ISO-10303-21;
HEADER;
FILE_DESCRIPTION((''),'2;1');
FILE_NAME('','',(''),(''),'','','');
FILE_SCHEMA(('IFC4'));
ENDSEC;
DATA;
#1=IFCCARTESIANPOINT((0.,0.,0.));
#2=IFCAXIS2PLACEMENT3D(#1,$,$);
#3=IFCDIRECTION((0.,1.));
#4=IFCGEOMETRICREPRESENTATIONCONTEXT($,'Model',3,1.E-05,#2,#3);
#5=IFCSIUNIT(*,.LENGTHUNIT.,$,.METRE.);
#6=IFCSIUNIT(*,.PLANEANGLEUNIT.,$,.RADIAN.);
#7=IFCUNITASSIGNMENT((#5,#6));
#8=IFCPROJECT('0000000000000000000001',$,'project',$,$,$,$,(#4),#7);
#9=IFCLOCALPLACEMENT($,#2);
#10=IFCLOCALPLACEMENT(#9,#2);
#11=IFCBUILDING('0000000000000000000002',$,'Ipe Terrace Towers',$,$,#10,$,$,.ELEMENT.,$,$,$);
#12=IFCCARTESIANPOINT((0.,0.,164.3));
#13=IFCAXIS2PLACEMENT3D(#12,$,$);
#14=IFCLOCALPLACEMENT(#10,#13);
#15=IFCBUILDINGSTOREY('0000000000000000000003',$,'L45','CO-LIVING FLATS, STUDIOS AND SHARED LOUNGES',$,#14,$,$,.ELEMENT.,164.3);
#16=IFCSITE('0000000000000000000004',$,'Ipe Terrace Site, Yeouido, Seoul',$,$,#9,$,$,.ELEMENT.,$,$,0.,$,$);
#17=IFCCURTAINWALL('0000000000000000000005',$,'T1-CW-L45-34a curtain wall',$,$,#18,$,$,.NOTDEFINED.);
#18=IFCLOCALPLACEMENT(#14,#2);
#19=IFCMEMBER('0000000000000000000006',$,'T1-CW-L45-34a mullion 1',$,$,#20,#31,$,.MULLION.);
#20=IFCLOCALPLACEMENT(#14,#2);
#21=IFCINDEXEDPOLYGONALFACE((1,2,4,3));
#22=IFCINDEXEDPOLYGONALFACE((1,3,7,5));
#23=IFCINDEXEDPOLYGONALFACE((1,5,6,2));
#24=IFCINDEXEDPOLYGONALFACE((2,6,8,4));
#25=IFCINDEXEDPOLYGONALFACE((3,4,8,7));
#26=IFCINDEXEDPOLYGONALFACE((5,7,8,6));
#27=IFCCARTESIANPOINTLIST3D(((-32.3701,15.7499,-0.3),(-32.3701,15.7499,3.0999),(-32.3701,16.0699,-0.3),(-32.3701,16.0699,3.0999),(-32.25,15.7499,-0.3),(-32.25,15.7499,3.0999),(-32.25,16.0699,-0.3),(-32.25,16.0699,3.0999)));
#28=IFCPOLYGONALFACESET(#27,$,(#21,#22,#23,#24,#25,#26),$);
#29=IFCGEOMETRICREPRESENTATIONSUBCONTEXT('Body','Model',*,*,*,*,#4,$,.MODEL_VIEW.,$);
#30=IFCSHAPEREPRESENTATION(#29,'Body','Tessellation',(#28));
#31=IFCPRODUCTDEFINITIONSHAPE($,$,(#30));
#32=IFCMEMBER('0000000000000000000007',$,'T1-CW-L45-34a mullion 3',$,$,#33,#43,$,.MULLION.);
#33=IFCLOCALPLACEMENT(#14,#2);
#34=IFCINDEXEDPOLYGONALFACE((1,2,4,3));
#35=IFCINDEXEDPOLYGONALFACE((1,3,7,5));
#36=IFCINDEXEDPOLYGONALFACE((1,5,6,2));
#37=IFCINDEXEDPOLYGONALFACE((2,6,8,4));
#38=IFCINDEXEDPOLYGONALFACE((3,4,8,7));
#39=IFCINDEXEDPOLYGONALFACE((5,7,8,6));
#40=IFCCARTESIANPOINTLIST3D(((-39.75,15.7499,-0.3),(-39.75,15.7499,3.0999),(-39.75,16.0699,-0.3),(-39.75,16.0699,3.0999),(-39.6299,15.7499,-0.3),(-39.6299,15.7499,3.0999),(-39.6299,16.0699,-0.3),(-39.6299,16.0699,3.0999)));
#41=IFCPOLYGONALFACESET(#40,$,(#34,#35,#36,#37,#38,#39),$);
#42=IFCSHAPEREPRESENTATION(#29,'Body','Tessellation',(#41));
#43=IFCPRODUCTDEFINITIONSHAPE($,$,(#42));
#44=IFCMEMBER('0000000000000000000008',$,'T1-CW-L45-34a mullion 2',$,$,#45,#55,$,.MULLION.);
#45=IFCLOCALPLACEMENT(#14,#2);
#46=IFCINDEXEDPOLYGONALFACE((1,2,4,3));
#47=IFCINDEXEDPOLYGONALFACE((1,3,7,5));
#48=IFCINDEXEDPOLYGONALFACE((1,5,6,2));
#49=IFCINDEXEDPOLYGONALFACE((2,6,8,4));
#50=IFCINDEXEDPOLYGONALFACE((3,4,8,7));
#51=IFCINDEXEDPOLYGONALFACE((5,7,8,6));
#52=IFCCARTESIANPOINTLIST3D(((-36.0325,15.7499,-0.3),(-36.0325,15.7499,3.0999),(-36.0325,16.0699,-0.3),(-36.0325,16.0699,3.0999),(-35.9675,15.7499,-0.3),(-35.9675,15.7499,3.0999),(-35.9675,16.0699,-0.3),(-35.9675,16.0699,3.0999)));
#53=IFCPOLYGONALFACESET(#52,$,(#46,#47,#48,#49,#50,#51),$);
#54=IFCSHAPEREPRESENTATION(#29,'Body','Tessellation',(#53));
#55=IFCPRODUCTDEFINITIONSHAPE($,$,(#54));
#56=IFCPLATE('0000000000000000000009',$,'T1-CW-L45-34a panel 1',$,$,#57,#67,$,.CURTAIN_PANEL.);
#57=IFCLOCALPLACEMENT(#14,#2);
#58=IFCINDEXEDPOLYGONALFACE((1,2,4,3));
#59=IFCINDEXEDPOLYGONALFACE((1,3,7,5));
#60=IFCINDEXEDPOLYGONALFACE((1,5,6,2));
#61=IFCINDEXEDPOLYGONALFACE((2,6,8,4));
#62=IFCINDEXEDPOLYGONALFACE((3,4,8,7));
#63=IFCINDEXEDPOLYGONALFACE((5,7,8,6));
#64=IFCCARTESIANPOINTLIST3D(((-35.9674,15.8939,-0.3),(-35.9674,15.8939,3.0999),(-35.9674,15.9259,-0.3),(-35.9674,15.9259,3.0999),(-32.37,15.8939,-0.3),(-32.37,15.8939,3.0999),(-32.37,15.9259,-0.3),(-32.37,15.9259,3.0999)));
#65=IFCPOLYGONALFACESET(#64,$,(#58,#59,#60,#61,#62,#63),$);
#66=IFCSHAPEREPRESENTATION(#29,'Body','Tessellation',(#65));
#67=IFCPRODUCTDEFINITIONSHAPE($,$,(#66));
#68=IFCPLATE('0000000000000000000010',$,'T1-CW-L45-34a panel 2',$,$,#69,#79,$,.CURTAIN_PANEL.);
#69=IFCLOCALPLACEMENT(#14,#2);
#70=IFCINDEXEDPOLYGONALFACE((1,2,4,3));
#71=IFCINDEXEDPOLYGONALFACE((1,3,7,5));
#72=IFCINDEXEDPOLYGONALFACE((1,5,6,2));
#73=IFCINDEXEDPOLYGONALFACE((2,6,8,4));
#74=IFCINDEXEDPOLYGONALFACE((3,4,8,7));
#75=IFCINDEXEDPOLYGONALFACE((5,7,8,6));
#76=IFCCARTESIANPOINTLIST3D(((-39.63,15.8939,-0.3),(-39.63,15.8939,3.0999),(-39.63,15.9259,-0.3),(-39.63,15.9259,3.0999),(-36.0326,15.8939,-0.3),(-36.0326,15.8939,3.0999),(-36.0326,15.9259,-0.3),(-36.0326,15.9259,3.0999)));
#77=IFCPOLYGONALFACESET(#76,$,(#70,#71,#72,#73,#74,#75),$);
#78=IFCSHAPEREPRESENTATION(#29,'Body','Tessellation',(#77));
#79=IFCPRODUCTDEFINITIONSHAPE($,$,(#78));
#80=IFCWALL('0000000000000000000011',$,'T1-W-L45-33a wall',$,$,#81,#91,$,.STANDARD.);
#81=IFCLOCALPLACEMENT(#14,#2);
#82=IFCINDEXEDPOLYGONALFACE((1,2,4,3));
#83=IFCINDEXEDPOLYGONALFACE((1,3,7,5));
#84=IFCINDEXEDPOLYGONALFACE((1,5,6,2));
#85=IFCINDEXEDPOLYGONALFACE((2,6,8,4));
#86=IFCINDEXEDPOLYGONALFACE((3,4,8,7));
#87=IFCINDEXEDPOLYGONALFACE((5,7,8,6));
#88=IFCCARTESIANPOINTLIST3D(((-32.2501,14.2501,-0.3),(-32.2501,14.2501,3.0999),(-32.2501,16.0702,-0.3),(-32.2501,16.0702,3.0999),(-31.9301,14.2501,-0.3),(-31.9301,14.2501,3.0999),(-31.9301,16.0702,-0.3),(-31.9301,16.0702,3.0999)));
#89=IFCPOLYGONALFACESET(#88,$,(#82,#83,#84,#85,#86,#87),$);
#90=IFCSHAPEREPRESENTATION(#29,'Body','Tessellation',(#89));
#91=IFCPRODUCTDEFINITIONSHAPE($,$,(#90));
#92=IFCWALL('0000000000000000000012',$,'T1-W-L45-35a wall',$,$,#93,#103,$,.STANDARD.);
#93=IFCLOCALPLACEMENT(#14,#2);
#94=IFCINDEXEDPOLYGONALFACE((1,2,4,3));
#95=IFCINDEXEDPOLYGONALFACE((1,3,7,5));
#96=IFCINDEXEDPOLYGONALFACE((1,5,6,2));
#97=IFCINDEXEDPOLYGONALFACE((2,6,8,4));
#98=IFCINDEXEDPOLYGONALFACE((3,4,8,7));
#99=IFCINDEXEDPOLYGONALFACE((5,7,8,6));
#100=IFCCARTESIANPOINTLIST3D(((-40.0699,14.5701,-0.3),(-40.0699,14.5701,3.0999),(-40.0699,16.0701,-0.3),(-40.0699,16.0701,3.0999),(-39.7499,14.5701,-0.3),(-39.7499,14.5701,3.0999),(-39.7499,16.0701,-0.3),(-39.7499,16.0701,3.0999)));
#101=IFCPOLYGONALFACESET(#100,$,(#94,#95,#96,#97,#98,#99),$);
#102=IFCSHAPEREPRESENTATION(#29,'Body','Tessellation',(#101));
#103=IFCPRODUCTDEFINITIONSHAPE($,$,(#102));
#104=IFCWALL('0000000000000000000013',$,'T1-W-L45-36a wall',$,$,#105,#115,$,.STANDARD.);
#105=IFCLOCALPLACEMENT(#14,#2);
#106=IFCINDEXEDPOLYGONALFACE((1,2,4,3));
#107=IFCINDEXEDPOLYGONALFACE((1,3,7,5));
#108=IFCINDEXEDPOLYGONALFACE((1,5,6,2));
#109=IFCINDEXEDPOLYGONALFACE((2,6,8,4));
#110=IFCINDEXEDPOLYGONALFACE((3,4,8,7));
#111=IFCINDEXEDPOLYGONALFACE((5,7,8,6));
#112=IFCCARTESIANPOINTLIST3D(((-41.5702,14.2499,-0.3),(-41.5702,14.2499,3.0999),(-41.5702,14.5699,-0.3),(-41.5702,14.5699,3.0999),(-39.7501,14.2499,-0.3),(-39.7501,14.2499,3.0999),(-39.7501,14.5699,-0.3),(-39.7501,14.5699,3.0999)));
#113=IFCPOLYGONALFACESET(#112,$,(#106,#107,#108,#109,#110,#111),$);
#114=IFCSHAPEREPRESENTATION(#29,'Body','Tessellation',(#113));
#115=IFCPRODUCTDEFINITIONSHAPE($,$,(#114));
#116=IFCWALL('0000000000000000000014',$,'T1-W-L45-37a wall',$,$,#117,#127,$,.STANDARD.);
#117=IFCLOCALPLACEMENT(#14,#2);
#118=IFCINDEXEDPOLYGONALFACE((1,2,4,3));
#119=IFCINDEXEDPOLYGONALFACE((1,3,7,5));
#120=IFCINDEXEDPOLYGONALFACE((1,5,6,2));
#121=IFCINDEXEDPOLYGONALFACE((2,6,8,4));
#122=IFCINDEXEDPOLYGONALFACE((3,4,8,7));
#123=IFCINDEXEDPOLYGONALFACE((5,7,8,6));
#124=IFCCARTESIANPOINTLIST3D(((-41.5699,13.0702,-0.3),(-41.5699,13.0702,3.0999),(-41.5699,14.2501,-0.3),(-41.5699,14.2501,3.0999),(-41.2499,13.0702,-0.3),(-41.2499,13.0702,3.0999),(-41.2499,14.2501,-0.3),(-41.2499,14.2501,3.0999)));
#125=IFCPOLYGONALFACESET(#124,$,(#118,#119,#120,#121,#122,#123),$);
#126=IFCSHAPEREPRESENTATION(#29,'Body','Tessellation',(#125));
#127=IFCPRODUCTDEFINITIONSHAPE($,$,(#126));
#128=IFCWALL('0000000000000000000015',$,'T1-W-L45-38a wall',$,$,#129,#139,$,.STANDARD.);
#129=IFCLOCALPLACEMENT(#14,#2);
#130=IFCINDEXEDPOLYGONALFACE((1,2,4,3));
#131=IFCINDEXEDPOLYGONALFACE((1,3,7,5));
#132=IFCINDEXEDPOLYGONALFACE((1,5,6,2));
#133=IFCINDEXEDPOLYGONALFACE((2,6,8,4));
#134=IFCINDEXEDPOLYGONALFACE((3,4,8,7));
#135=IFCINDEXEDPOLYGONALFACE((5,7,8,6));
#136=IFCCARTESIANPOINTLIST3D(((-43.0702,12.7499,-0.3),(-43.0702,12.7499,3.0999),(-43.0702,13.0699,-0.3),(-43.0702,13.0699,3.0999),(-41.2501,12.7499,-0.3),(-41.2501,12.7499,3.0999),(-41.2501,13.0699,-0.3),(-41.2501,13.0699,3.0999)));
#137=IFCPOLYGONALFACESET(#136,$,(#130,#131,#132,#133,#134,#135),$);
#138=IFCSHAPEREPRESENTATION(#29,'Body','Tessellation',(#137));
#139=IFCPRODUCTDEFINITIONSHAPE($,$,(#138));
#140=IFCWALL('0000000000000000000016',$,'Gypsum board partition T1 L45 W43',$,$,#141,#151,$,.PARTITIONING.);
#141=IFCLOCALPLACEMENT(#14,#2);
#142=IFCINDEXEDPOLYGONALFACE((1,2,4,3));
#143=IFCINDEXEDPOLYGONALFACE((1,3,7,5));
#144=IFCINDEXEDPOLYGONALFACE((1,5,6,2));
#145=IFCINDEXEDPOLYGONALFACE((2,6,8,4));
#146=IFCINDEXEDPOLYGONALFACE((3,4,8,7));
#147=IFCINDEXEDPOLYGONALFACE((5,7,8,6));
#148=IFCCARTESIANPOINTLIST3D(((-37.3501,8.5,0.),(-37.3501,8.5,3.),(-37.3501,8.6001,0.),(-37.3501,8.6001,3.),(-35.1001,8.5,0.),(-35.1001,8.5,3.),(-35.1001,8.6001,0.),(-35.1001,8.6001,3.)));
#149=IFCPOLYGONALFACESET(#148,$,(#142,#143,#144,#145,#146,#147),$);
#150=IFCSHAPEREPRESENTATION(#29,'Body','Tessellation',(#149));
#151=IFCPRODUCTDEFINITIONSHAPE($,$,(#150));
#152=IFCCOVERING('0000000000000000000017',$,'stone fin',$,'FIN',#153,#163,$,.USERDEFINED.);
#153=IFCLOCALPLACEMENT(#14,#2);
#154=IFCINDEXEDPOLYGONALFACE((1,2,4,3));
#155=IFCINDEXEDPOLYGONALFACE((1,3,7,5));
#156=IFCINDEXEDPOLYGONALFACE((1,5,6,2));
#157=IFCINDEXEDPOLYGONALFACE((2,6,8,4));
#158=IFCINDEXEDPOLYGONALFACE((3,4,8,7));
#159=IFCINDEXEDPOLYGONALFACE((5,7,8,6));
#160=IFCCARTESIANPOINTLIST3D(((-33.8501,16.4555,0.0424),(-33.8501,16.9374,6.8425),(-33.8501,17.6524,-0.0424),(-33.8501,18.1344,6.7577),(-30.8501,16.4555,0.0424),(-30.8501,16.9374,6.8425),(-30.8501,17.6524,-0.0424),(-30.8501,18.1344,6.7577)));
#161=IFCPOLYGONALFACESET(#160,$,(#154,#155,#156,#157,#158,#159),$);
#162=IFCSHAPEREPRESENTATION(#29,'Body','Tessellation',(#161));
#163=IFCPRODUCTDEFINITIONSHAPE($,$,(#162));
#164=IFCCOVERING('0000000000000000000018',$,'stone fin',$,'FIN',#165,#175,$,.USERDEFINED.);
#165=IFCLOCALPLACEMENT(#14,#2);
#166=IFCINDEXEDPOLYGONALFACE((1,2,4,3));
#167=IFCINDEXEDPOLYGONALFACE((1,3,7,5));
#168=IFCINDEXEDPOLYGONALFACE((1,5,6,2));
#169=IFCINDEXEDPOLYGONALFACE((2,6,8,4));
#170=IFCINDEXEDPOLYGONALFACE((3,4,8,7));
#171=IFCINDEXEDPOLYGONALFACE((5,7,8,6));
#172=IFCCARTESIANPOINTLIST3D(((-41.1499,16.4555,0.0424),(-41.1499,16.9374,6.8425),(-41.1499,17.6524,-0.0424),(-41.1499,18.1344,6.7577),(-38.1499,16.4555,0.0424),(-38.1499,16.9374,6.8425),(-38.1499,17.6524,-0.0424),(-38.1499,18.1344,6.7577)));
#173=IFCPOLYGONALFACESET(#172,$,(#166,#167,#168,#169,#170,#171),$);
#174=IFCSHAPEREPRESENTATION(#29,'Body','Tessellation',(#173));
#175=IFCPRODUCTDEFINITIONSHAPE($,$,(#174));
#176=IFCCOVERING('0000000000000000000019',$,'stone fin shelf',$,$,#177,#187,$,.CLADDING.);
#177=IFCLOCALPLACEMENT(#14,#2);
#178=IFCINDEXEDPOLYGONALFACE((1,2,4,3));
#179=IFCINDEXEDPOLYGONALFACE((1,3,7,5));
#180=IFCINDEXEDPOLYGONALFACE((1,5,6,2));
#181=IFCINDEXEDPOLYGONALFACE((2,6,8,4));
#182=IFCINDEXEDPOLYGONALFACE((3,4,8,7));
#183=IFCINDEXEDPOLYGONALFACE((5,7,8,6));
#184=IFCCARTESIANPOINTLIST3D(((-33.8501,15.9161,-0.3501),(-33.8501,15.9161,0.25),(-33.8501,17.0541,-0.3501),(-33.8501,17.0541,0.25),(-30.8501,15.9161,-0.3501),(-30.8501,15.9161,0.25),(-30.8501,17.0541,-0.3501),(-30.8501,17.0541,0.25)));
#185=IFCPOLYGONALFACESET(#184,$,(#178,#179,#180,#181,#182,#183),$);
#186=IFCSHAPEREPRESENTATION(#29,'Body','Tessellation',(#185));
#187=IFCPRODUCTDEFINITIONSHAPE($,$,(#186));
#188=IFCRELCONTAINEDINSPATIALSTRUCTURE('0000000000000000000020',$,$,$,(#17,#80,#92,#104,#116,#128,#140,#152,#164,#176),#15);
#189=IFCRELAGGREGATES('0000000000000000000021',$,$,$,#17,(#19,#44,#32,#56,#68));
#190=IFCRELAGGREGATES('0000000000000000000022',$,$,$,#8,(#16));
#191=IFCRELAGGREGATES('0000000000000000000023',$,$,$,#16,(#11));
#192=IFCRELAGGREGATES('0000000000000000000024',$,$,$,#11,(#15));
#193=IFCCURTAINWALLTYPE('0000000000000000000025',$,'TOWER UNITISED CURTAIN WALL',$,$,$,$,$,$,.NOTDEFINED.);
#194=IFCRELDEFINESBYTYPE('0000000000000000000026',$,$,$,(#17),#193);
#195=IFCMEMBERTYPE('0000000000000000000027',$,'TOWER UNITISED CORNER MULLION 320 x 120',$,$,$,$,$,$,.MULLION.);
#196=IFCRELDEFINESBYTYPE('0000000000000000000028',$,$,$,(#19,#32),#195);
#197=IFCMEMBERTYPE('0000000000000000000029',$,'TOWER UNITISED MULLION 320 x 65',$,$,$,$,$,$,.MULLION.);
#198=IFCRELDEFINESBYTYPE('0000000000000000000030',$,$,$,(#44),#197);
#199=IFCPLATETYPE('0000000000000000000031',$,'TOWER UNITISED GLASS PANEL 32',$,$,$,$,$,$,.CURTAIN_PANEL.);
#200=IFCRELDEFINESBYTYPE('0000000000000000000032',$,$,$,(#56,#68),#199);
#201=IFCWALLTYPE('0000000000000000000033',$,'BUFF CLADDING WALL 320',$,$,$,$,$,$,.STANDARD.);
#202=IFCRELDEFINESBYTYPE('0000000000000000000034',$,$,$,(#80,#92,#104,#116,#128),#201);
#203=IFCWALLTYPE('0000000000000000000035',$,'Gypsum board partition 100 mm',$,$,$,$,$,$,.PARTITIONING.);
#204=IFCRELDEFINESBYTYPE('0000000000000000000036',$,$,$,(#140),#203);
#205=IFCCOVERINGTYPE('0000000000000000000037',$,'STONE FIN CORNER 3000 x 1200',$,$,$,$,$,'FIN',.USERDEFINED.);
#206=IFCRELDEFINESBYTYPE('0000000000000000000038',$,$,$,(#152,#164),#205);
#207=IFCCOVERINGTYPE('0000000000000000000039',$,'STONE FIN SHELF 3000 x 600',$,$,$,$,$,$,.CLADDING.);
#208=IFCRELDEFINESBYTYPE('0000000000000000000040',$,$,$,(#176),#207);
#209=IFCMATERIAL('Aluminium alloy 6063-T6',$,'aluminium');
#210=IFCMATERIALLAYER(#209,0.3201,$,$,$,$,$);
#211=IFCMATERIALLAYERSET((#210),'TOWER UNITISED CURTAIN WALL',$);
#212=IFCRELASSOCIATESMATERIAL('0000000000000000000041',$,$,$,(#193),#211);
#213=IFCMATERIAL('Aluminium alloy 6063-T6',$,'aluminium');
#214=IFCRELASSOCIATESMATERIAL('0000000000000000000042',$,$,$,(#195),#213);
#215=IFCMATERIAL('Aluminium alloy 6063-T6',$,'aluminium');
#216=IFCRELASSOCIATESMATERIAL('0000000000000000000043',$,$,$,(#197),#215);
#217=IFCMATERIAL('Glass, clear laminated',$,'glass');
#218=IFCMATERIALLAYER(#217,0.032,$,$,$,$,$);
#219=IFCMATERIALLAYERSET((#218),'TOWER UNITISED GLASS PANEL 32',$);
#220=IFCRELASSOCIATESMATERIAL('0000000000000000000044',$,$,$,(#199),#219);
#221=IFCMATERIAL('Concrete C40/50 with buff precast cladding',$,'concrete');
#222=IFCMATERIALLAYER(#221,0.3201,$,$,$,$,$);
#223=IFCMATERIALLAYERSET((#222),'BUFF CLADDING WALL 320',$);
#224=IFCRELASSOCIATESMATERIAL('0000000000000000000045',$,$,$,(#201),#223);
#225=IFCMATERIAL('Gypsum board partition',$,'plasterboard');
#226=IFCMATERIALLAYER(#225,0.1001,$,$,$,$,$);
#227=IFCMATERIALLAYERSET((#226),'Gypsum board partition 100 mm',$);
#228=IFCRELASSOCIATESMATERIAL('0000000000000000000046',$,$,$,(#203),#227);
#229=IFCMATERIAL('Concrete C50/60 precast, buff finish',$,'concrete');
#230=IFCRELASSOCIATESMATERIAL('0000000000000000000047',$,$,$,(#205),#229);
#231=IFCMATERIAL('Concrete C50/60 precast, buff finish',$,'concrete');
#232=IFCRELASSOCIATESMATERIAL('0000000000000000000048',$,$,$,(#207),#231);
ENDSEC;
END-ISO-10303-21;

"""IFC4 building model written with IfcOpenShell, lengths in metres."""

from ifc_helpers import new_model, si_unit, direction, frame, frame_2d, origin, origin_2d, place, context, subcontext, project, spatial, rectangle, extrude, material, layer, layer_set, material_profile, profile_set, type_object, element, aggregate, save


model = new_model("IFC4")

# Units and contexts
model_context = context("Model", 3, precision=1e-05, world=origin(), true_north=direction((0.0, 1.0)))
body_context = subcontext(model_context, "Body", "Model", "MODEL_VIEW")
ifc_project = project(units=[si_unit("LENGTHUNIT", "METRE"), si_unit("PLANEANGLEUNIT", "RADIAN")], contexts=[model_context])

# Site, building, storey
site_placement = place(None, origin())
site = spatial("IfcSite", under=ifc_project, at=site_placement, Name="Ipe Terrace Site, Yeouido, Seoul", CompositionType="ELEMENT", RefElevation=0.0)
building_placement = place(site_placement, origin())
building = spatial("IfcBuilding", under=site, at=building_placement, Name="Ipe Terrace Towers", CompositionType="ELEMENT")
storey_placement = place(building_placement, frame((0.0, 0.0, 164.3)))
storey = spatial("IfcBuildingStorey", under=building, at=storey_placement, Name="L45", Description="CO-LIVING FLATS, STUDIOS AND SHARED LOUNGES", CompositionType="ELEMENT", Elevation=164.3)

# Curtain wall, members, plates
ifc_material_1 = material(Name="Aluminium alloy 6063-T6", Category="aluminium")
ifc_layer_1 = layer(ifc_material_1, 0.3201)
ifc_layer_set_1 = layer_set([ifc_layer_1], Name="TOWER UNITISED CURTAIN WALL")
curtain_wall_type = type_object("IfcCurtainWallType", Name="TOWER UNITISED CURTAIN WALL", PredefinedType="NOTDEFINED", material=ifc_layer_set_1)
curtain_wall_placement = place(storey_placement, origin())
curtain_wall = element("IfcCurtainWall", 1, at=curtain_wall_placement, inside=storey, type_object=curtain_wall_type, Name="T1-CW-L45-34a curtain wall", PredefinedType="NOTDEFINED")
ifc_material_2 = material(Name="Aluminium alloy 6063-T6", Category="aluminium")
ifc_material_profile_1 = material_profile(ifc_material_2, rectangle(XDim=0.3201, YDim=0.1201, at=origin_2d()), Name="TOWER UNITISED CORNER MULLION 320 x 120")
ifc_profile_set_1 = profile_set([ifc_material_profile_1], Name="Aluminium alloy 6063-T6")
member_type_1 = type_object("IfcMemberType", Name="TOWER UNITISED CORNER MULLION 320 x 120", PredefinedType="MULLION", material=ifc_profile_set_1)
member_1_placement = place(storey_placement, frame((-32.3101, 15.9099, -0.3), z_axis=(0.0, 0.0, 1.0), x_axis=(0.0, 1.0, 0.0)))
member_1 = element("IfcMember", 2, at=member_1_placement, type_object=member_type_1, Name="T1-CW-L45-34a mullion 1", PredefinedType="MULLION", context=body_context, shape_type="SweptSolid", body=[
    extrude(rectangle(XDim=0.3201, YDim=0.1201, at=origin_2d()), origin(), (0.0, 0.0, 1.0), 3.3999),
])
member_2_placement = place(storey_placement, frame((-39.6899, 15.9099, -0.3), z_axis=(0.0, 0.0, 1.0), x_axis=(0.0, 1.0, 0.0)))
member_2 = element("IfcMember", 3, at=member_2_placement, type_object=member_type_1, Name="T1-CW-L45-34a mullion 3", PredefinedType="MULLION", context=body_context, shape_type="SweptSolid", body=[
    extrude(rectangle(XDim=0.3201, YDim=0.1201, at=origin_2d()), origin(), (0.0, 0.0, 1.0), 3.3999),
])
ifc_material_3 = material(Name="Aluminium alloy 6063-T6", Category="aluminium")
ifc_material_profile_2 = material_profile(ifc_material_3, rectangle(XDim=0.3201, YDim=0.0649, at=origin_2d()), Name="TOWER UNITISED MULLION 320 x 65")
ifc_profile_set_2 = profile_set([ifc_material_profile_2], Name="Aluminium alloy 6063-T6")
member_type_2 = type_object("IfcMemberType", Name="TOWER UNITISED MULLION 320 x 65", PredefinedType="MULLION", material=ifc_profile_set_2)
member_3_placement = place(storey_placement, frame((-36.0, 15.9099, -0.3), z_axis=(0.0, 0.0, 1.0), x_axis=(0.0, 1.0, 0.0)))
member_3 = element("IfcMember", 4, at=member_3_placement, type_object=member_type_2, Name="T1-CW-L45-34a mullion 2", PredefinedType="MULLION", context=body_context, shape_type="SweptSolid", body=[
    extrude(rectangle(XDim=0.3201, YDim=0.0649, at=origin_2d()), origin(), (0.0, 0.0, 1.0), 3.3999),
])
ifc_material_4 = material(Name="Glass, clear laminated", Category="glass")
ifc_layer_2 = layer(ifc_material_4, 0.032)
ifc_layer_set_2 = layer_set([ifc_layer_2], Name="TOWER UNITISED GLASS PANEL 32")
plate_type = type_object("IfcPlateType", Name="TOWER UNITISED GLASS PANEL 32", PredefinedType="CURTAIN_PANEL", material=ifc_layer_set_2)
plate_1_placement = place(storey_placement, frame((-34.1687, 15.9099, -0.3), z_axis=(0.0, 0.0, 1.0), x_axis=(-1.0, 0.0, 0.0)))
plate_1 = element("IfcPlate", 5, at=plate_1_placement, type_object=plate_type, Name="T1-CW-L45-34a panel 1", PredefinedType="CURTAIN_PANEL", context=body_context, shape_type="SweptSolid", body=[
    extrude(rectangle(XDim=3.5974, YDim=0.032, at=origin_2d()), origin(), (0.0, 0.0, 1.0), 3.3999),
])
plate_2_placement = place(storey_placement, frame((-37.8313, 15.9099, -0.3), z_axis=(0.0, 0.0, 1.0), x_axis=(-1.0, 0.0, 0.0)))
plate_2 = element("IfcPlate", 6, at=plate_2_placement, type_object=plate_type, Name="T1-CW-L45-34a panel 2", PredefinedType="CURTAIN_PANEL", context=body_context, shape_type="SweptSolid", body=[
    extrude(rectangle(XDim=3.5974, YDim=0.032, at=origin_2d()), origin(), (0.0, 0.0, 1.0), 3.3999),
])
aggregate(curtain_wall, [member_1, member_3, member_2, plate_1, plate_2])

# Walls
ifc_material_5 = material(Name="Concrete C40/50 with buff precast cladding", Category="concrete")
ifc_layer_3 = layer(ifc_material_5, 0.3201)
ifc_layer_set_3 = layer_set([ifc_layer_3], Name="BUFF CLADDING WALL 320")
wall_type_1 = type_object("IfcWallType", Name="BUFF CLADDING WALL 320", PredefinedType="STANDARD", material=ifc_layer_set_3)
wall_1_placement = place(storey_placement, frame((-32.0901, 14.25, -0.3), z_axis=(0.0, 0.0, 1.0), x_axis=(0.0, 1.0, 0.0)))
element("IfcWall", 7, at=wall_1_placement, inside=storey, type_object=wall_type_1, Name="T1-W-L45-33a wall", PredefinedType="STANDARD", context=body_context, shape_type="SweptSolid", body=[
    extrude(rectangle(XDim=1.8201, YDim=0.3201, at=frame_2d((0.9102, 0.0))), origin(), (0.0, 0.0, 1.0), 3.3999),
])
wall_2_placement = place(storey_placement, frame((-39.9099, 16.0701, -0.3), z_axis=(0.0, 0.0, 1.0), x_axis=(0.0, -1.0, 0.0)))
element("IfcWall", 8, at=wall_2_placement, inside=storey, type_object=wall_type_1, Name="T1-W-L45-35a wall", PredefinedType="STANDARD", context=body_context, shape_type="SweptSolid", body=[
    extrude(rectangle(XDim=1.5, YDim=0.3201, at=frame_2d((0.75, 0.0))), origin(), (0.0, 0.0, 1.0), 3.3999),
])
wall_3_placement = place(storey_placement, frame((-39.75, 14.4099, -0.3), z_axis=(0.0, 0.0, 1.0), x_axis=(-1.0, 0.0, 0.0)))
element("IfcWall", 9, at=wall_3_placement, inside=storey, type_object=wall_type_1, Name="T1-W-L45-36a wall", PredefinedType="STANDARD", context=body_context, shape_type="SweptSolid", body=[
    extrude(rectangle(XDim=1.8201, YDim=0.3201, at=frame_2d((0.9102, 0.0))), origin(), (0.0, 0.0, 1.0), 3.3999),
])
wall_4_placement = place(storey_placement, frame((-41.4099, 14.25, -0.3), z_axis=(0.0, 0.0, 1.0), x_axis=(0.0, -1.0, 0.0)))
element("IfcWall", 10, at=wall_4_placement, inside=storey, type_object=wall_type_1, Name="T1-W-L45-37a wall", PredefinedType="STANDARD", context=body_context, shape_type="SweptSolid", body=[
    extrude(rectangle(XDim=1.1799, YDim=0.3201, at=frame_2d((0.5898, 0.0))), origin(), (0.0, 0.0, 1.0), 3.3999),
])
wall_5_placement = place(storey_placement, frame((-41.25, 12.9099, -0.3), z_axis=(0.0, 0.0, 1.0), x_axis=(-1.0, 0.0, 0.0)))
element("IfcWall", 11, at=wall_5_placement, inside=storey, type_object=wall_type_1, Name="T1-W-L45-38a wall", PredefinedType="STANDARD", context=body_context, shape_type="SweptSolid", body=[
    extrude(rectangle(XDim=1.8201, YDim=0.3201, at=frame_2d((0.9102, 0.0))), origin(), (0.0, 0.0, 1.0), 3.3999),
])
ifc_material_6 = material(Name="Gypsum board partition", Category="plasterboard")
ifc_layer_4 = layer(ifc_material_6, 0.1001)
ifc_layer_set_4 = layer_set([ifc_layer_4], Name="Gypsum board partition 100 mm")
wall_type_2 = type_object("IfcWallType", Name="Gypsum board partition 100 mm", PredefinedType="PARTITIONING", material=ifc_layer_set_4)
wall_6_placement = place(storey_placement, frame((-37.3501, 8.55, 0.0), z_axis=(0.0, 0.0, 1.0), x_axis=(1.0, 0.0, 0.0)))
element("IfcWall", 12, at=wall_6_placement, inside=storey, type_object=wall_type_2, Name="Gypsum board partition T1 L45 W43", PredefinedType="PARTITIONING", context=body_context, shape_type="SweptSolid", body=[
    extrude(rectangle(XDim=2.25, YDim=0.1001, at=frame_2d((1.125, 0.0))), origin(), (0.0, 0.0, 1.0), 3.0),
])

# Coverings
ifc_material_7 = material(Name="Concrete C50/60 precast, buff finish", Category="concrete")
ifc_material_profile_3 = material_profile(ifc_material_7, rectangle(XDim=3.0, YDim=1.2, at=origin_2d()), Name="STONE FIN CORNER 3000 x 1200")
ifc_profile_set_3 = profile_set([ifc_material_profile_3], Name="Concrete C50/60 precast, buff finish")
covering_type_1 = type_object("IfcCoveringType", Name="STONE FIN CORNER 3000 x 1200", ElementType="FIN", PredefinedType="USERDEFINED", material=ifc_profile_set_3)
for number, where, z_axis, x_axis, name in (
    (13, (-32.3501, 17.054, 0.0), (0.0, 0.070695, 0.997498), (-1.0, 0.0, 0.0), "stone fin"),
    (14, (-39.6499, 17.054, 0.0), (0.0, 0.070695, 0.997498), (-1.0, 0.0, 0.0), "stone fin"),
):
    element("IfcCovering", number, at=place(storey_placement, frame(where, z_axis=z_axis, x_axis=x_axis)), inside=storey, type_object=covering_type_1, Name=name, ObjectType="FIN", PredefinedType="USERDEFINED", context=body_context, shape_type="SweptSolid", body=[
        extrude(rectangle(XDim=3.0, YDim=1.2, at=origin_2d()), origin(), (0.0, 0.0, 1.0), 6.8171),
    ])
ifc_material_8 = material(Name="Concrete C50/60 precast, buff finish", Category="concrete")
covering_type_2 = type_object("IfcCoveringType", Name="STONE FIN SHELF 3000 x 600", PredefinedType="CLADDING", material=ifc_material_8)
for number, where, z_axis, x_axis, name in (
    (15, (-32.3501, 16.4851, -0.3501), (0.0, 0.0, 1.0), (-1.0, 0.0, 0.0), "stone fin shelf"),
):
    element("IfcCovering", number, at=place(storey_placement, frame(where, z_axis=z_axis, x_axis=x_axis)), inside=storey, type_object=covering_type_2, Name=name, PredefinedType="CLADDING", context=body_context, shape_type="SweptSolid", body=[
        extrude(rectangle(XDim=3.0, YDim=1.1379, at=origin_2d()), origin(), (0.0, 0.0, 1.0), 0.6001),
    ])

save(model, "model.ifc")
